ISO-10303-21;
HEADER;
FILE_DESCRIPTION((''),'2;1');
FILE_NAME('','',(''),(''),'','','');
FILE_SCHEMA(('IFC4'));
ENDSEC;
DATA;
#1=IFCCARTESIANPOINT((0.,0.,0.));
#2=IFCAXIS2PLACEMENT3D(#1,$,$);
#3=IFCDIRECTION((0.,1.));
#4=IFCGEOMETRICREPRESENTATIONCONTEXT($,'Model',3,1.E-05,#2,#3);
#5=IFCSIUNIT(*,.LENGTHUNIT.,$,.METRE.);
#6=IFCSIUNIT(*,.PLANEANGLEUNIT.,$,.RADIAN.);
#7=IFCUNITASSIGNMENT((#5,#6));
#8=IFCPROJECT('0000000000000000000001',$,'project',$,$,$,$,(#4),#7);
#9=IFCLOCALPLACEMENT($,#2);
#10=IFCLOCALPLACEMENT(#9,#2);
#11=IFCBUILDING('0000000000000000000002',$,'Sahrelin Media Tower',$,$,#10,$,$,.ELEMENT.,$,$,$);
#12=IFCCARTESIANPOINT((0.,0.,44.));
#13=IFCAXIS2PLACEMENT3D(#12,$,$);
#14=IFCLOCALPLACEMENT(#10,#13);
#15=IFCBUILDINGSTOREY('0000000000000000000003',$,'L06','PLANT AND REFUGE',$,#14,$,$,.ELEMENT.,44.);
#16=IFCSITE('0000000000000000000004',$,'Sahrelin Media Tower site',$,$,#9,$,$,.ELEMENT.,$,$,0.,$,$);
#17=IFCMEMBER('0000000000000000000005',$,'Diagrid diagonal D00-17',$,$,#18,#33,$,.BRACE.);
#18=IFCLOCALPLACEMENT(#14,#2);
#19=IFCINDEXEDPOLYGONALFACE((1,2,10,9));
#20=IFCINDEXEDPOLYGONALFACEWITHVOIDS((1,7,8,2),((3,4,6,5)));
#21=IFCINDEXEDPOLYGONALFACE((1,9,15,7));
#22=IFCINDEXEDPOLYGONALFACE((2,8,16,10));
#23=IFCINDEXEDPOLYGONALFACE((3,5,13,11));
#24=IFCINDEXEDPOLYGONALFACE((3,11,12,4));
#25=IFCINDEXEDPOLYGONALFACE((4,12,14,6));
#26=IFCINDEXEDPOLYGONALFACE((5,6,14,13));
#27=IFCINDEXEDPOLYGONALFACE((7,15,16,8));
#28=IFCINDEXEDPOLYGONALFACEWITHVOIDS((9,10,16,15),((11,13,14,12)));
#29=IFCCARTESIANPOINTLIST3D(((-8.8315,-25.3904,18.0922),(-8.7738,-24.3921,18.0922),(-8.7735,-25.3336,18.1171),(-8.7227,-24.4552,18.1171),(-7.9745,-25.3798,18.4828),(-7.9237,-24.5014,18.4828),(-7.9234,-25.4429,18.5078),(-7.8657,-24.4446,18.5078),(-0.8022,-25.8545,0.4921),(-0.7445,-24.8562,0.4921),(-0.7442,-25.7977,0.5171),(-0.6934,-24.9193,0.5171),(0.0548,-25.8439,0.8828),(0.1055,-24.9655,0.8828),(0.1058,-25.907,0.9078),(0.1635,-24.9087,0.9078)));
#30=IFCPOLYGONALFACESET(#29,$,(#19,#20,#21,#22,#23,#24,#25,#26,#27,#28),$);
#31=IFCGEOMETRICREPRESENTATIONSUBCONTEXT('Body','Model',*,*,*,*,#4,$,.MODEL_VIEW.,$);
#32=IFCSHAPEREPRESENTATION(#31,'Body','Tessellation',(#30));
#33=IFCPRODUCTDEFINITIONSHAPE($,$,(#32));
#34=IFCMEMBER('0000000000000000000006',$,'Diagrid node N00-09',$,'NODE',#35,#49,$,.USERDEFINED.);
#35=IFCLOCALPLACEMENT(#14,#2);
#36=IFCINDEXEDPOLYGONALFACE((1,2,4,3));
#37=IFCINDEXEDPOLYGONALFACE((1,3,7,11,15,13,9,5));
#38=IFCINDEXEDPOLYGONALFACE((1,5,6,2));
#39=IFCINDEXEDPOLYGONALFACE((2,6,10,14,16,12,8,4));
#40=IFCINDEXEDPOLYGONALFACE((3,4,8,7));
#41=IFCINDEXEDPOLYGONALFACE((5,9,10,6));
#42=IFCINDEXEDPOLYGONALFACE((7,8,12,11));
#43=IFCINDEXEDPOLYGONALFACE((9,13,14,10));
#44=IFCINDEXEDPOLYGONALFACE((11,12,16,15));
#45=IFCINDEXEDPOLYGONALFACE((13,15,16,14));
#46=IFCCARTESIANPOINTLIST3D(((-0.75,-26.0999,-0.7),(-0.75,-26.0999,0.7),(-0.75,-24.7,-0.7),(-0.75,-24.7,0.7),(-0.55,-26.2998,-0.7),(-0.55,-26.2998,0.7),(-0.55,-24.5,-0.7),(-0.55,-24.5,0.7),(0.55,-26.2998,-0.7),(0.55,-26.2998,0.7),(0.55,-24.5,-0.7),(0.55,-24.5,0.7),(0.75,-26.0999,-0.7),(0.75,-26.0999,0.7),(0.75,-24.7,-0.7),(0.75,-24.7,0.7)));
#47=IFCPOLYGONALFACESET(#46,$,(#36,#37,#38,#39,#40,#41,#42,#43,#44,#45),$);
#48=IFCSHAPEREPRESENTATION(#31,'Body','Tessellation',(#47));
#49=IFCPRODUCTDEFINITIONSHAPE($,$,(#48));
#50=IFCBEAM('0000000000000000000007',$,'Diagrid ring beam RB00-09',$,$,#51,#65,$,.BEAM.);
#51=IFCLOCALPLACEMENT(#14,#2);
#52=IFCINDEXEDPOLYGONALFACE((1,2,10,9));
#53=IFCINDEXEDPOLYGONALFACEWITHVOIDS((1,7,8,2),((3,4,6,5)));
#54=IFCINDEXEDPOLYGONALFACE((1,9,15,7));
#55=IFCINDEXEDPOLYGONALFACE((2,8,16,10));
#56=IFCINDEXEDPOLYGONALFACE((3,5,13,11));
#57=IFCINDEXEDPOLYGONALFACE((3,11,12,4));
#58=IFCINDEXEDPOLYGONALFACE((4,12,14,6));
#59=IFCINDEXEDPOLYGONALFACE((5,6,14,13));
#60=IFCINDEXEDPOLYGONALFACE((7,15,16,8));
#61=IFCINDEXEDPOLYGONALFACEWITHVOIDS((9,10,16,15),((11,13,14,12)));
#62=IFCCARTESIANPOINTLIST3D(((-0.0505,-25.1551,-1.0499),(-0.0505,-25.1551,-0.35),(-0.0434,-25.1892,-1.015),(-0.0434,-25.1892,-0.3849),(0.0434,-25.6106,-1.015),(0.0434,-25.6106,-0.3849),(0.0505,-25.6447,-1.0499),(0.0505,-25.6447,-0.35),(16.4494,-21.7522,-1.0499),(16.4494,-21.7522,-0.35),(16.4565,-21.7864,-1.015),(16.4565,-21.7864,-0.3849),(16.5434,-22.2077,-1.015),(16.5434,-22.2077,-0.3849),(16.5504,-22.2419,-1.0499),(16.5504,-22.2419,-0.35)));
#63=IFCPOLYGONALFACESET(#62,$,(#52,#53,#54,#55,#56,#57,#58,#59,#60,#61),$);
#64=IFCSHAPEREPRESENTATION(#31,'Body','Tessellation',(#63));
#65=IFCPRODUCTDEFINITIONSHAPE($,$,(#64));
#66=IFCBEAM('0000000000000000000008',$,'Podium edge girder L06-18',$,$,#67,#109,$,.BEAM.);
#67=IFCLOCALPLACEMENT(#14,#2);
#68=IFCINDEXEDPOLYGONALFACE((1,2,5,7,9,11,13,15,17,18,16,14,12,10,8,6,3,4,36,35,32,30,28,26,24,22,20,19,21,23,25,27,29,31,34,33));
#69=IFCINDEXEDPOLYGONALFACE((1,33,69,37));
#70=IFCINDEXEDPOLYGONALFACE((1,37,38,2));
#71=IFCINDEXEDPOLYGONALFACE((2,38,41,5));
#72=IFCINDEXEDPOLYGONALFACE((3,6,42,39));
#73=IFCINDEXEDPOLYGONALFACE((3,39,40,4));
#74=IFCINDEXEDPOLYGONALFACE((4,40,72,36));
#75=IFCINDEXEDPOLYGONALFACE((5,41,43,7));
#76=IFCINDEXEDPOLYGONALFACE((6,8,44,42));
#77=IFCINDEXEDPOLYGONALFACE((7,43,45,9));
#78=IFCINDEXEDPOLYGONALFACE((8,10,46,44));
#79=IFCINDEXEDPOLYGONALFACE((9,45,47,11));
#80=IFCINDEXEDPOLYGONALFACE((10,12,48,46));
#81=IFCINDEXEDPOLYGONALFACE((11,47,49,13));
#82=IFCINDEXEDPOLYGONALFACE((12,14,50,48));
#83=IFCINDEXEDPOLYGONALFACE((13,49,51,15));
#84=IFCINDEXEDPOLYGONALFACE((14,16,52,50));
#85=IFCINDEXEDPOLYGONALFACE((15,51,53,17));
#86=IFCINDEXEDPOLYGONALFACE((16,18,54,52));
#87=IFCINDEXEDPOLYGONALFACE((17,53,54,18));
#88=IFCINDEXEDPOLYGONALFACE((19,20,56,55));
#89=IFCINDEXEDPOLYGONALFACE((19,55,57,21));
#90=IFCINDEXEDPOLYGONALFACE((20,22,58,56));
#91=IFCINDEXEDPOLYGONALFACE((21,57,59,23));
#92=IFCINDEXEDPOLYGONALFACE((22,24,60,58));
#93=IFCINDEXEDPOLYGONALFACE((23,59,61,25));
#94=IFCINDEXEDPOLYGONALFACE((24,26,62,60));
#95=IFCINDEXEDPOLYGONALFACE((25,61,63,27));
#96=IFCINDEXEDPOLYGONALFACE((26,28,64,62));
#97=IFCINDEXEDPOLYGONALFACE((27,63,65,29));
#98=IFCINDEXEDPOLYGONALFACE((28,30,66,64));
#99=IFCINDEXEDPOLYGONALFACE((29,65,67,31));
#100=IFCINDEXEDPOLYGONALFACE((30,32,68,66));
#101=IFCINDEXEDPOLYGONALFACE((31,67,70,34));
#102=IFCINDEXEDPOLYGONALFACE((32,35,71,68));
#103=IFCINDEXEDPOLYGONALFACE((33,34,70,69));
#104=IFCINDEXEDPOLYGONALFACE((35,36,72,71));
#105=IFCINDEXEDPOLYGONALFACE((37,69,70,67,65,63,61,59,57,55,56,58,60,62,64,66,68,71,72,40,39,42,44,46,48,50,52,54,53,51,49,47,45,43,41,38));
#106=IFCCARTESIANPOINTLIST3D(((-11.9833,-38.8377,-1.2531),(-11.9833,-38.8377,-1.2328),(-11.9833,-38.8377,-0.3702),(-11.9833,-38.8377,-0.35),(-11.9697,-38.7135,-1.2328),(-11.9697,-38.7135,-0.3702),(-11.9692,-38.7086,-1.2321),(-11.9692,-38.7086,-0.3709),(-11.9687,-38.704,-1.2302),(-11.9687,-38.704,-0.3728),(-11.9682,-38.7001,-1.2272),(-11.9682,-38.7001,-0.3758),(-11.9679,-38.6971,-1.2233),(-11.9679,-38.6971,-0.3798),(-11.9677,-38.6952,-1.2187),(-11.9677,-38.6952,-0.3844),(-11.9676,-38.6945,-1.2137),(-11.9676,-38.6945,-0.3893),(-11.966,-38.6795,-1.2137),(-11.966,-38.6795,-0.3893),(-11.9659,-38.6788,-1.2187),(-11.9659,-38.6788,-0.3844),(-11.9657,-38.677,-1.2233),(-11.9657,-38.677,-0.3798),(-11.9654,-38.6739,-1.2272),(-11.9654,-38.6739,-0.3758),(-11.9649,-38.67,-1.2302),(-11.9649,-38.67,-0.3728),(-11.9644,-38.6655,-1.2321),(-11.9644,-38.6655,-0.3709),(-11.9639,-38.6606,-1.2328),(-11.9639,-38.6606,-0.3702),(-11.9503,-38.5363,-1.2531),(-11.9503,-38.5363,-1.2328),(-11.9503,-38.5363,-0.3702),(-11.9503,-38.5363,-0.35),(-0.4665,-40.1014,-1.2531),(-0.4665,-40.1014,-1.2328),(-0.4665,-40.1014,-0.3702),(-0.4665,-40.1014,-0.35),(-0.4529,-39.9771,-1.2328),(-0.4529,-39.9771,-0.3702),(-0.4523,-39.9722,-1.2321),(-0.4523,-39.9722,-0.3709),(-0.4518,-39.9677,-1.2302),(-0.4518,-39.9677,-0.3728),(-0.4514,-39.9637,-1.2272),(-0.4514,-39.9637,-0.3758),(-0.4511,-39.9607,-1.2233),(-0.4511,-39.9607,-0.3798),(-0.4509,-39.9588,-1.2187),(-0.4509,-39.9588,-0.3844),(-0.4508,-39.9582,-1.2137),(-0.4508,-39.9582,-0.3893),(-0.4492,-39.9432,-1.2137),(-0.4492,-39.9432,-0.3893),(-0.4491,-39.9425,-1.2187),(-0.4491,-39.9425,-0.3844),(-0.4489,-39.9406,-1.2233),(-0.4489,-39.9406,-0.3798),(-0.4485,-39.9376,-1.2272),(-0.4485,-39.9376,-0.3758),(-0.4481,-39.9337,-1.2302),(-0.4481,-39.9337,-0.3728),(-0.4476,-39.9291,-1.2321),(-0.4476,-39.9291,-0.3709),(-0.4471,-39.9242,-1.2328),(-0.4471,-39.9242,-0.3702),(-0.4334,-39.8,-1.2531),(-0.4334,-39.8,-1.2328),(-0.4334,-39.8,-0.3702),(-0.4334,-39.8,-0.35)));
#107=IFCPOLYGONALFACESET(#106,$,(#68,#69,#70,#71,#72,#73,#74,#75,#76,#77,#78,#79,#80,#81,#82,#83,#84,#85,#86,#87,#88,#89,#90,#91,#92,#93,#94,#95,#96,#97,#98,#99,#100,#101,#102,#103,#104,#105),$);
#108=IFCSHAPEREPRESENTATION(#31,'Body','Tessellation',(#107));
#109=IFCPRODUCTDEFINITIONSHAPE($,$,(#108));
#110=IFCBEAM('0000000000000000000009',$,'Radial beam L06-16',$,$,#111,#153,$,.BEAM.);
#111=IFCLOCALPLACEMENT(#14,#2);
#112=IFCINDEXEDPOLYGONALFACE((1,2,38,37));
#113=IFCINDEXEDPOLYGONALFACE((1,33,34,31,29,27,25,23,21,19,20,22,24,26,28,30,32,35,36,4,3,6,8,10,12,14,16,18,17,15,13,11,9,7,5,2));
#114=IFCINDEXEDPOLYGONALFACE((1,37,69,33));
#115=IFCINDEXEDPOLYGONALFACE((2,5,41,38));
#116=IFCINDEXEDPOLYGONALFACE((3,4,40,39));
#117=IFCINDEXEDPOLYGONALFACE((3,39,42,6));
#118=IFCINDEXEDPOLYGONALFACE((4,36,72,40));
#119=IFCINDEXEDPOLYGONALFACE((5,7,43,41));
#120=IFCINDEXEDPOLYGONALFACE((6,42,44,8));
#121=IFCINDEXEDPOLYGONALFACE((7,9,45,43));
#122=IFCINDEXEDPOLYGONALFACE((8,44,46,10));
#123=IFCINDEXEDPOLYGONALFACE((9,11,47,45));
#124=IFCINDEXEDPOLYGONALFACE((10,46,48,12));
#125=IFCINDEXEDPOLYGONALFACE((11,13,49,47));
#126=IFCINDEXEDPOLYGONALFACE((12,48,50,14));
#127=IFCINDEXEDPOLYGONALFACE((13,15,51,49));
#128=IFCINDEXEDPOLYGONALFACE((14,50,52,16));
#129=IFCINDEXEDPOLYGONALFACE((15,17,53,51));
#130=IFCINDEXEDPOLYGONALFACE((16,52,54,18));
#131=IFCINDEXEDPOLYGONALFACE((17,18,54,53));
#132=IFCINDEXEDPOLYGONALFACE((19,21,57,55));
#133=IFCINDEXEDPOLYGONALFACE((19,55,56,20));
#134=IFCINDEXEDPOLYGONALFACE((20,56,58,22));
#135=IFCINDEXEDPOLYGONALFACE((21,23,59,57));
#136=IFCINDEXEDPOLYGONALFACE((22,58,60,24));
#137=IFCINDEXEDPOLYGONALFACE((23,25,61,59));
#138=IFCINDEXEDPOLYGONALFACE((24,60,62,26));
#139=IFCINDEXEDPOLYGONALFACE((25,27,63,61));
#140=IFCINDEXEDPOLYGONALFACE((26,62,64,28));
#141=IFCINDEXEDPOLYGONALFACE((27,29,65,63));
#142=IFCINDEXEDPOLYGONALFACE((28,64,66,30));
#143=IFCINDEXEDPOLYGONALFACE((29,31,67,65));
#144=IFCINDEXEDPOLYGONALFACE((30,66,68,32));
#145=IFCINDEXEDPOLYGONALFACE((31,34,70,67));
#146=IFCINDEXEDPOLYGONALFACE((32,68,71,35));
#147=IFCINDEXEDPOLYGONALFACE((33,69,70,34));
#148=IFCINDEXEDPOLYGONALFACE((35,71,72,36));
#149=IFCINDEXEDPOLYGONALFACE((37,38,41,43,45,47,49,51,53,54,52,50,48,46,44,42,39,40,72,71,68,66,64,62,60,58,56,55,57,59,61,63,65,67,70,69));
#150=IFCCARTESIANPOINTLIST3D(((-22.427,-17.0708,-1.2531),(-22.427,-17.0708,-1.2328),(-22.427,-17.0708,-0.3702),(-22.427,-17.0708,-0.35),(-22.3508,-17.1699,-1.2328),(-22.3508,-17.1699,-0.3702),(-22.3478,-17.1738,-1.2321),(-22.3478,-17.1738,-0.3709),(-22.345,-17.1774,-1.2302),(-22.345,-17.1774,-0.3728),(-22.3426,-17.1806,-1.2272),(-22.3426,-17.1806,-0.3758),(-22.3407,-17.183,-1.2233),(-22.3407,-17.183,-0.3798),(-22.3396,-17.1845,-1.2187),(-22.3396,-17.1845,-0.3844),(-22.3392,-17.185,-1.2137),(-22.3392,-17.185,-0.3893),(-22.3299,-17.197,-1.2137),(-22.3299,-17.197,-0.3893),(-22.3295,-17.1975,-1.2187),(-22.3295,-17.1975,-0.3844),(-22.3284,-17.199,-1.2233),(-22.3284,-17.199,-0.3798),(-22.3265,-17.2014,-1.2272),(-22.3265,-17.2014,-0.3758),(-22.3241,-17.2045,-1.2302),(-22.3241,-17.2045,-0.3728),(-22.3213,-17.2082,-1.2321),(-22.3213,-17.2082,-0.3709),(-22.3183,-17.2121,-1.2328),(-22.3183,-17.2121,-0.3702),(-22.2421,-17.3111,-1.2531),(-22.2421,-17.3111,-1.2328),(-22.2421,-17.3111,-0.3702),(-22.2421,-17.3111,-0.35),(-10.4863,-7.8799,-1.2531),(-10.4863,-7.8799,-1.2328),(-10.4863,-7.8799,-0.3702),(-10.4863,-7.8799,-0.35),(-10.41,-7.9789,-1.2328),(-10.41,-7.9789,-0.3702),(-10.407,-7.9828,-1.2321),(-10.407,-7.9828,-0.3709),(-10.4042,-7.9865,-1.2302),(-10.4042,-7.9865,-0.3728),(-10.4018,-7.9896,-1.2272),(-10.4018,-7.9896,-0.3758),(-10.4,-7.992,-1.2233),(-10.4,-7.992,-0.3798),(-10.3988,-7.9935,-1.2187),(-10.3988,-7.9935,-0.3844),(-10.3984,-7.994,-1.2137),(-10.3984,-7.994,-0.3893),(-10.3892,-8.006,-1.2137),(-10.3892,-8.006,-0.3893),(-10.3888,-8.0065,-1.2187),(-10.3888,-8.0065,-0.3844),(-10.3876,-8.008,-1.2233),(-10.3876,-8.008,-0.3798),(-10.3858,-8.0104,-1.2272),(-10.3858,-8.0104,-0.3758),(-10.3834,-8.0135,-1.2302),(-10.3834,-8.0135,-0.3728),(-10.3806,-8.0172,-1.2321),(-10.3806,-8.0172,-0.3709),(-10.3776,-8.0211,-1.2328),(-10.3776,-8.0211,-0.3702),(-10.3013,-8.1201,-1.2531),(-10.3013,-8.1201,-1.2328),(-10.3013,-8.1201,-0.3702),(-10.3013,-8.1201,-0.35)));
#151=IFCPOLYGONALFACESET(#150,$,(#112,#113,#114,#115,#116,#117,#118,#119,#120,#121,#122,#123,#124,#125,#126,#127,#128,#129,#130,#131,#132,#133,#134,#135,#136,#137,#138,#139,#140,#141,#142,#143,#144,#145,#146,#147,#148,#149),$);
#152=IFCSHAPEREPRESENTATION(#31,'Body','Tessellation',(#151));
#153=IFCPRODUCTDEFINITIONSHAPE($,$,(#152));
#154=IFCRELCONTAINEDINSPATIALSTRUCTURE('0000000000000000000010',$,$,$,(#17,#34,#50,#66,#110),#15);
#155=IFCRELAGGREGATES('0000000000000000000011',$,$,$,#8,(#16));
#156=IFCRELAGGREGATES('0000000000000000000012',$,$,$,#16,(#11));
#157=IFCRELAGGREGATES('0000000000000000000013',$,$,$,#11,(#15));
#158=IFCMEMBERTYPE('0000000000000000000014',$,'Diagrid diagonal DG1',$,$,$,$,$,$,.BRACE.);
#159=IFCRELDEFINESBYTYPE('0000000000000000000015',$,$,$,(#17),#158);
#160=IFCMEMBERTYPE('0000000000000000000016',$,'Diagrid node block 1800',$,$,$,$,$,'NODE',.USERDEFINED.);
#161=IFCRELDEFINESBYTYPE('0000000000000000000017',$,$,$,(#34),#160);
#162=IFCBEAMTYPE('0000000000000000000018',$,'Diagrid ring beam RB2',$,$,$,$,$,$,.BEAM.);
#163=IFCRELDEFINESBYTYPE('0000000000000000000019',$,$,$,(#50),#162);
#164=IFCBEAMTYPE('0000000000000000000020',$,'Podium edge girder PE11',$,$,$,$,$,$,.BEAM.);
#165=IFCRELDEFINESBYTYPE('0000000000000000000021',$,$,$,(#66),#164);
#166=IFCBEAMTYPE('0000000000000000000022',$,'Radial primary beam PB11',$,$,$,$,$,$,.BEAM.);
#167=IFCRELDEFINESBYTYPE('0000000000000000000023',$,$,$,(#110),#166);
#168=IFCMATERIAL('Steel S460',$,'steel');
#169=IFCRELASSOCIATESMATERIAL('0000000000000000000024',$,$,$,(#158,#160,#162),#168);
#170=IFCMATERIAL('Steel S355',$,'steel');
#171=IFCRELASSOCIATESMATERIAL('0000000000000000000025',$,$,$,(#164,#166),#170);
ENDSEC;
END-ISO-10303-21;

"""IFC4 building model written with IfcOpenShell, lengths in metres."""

from ifc_helpers import new_model, si_unit, direction, frame, origin, origin_2d, place, context, subcontext, project, spatial, polyline, hollow_rectangle, i_section, outline, extrude, material, material_profile, profile_set, type_object, element, save


model = new_model("IFC4")

# Units and contexts
model_context = context("Model", 3, precision=1e-05, world=origin(), true_north=direction((0.0, 1.0)))
body_context = subcontext(model_context, "Body", "Model", "MODEL_VIEW")
ifc_project = project(units=[si_unit("LENGTHUNIT", "METRE"), si_unit("PLANEANGLEUNIT", "RADIAN")], contexts=[model_context])

# Site, building, storey
site_placement = place(None, origin())
site = spatial("IfcSite", under=ifc_project, at=site_placement, Name="Sahrelin Media Tower site", CompositionType="ELEMENT", RefElevation=0.0)
building_placement = place(site_placement, origin())
building = spatial("IfcBuilding", under=site, at=building_placement, Name="Sahrelin Media Tower", CompositionType="ELEMENT")
storey_placement = place(building_placement, frame((0.0, 0.0, 44.0)))
storey = spatial("IfcBuildingStorey", under=building, at=storey_placement, Name="L06", Description="PLANT AND REFUGE", CompositionType="ELEMENT", Elevation=44.0)

# Members
ifc_material_1 = material(Name="Steel S460", Category="steel")
ifc_material_profile_1 = material_profile(ifc_material_1, hollow_rectangle(XDim=1.0, YDim=1.0, WallThickness=0.0601, at=origin_2d()), Name="Diagrid diagonal DG1")
ifc_profile_set_1 = profile_set([ifc_material_profile_1], Name="Steel S460")
member_type_1 = type_object("IfcMemberType", Name="Diagrid diagonal DG1", PredefinedType="BRACE", material=ifc_profile_set_1)
member_1_placement = place(storey_placement, frame((-0.3193, -25.3816, 0.7), z_axis=(-0.414936, 0.023984, 0.909534), x_axis=(-0.057706, -0.998334, 0.0)))
element("IfcMember", 1, at=member_1_placement, inside=storey, type_object=member_type_1, Name="Diagrid diagonal D00-17", PredefinedType="BRACE", context=body_context, shape_type="SweptSolid", body=[
    extrude(hollow_rectangle(XDim=1.0, YDim=1.0, WallThickness=0.0601, at=origin_2d()), origin(), (0.0, 0.0, 1.0), 19.3506),
])
ifc_material_profile_2 = material_profile(ifc_material_1, outline(polyline([(0.7, -0.75), (0.8999, -0.55), (0.8999, 0.55), (0.7, 0.75), (-0.7, 0.75), (-0.8999, 0.55), (-0.8999, -0.55), (-0.7, -0.75), (0.7, -0.75)])), Name="Diagrid node block 1800")
ifc_profile_set_2 = profile_set([ifc_material_profile_2], Name="Steel S460")
member_type_2 = type_object("IfcMemberType", Name="Diagrid node block 1800", ElementType="NODE", PredefinedType="USERDEFINED", material=ifc_profile_set_2)
member_2_placement = place(storey_placement, frame((0.0, -25.3999, -0.7), z_axis=(0.0, 0.0, 1.0), x_axis=(0.0, -1.0, 0.0)))
element("IfcMember", 2, at=member_2_placement, inside=storey, type_object=member_type_2, Name="Diagrid node N00-09", ObjectType="NODE", PredefinedType="USERDEFINED", context=body_context, shape_type="SweptSolid", body=[
    extrude(outline(polyline([(0.7, -0.75), (0.8999, -0.55), (0.8999, 0.55), (0.7, 0.75), (-0.7, 0.75), (-0.8999, 0.55), (-0.8999, -0.55), (-0.7, -0.75), (0.7, -0.75)])), origin(), (0.0, 0.0, 1.0), 1.3999),
])

# Beams
ifc_material_profile_3 = material_profile(ifc_material_1, hollow_rectangle(XDim=0.5, YDim=0.7, WallThickness=0.0349, at=origin_2d()), Name="Diagrid ring beam RB2")
ifc_profile_set_3 = profile_set([ifc_material_profile_3], Name="Steel S460")
beam_type_1 = type_object("IfcBeamType", Name="Diagrid ring beam RB2", PredefinedType="BEAM", material=ifc_profile_set_3)
beam_1_placement = place(storey_placement, frame((0.0, -25.3999, -0.7), z_axis=(0.979389, 0.201982, 0.0), x_axis=(-0.201982, 0.979389, 0.0)))
element("IfcBeam", 3, at=beam_1_placement, inside=storey, type_object=beam_type_1, Name="Diagrid ring beam RB00-09", PredefinedType="BEAM", context=body_context, shape_type="SweptSolid", body=[
    extrude(hollow_rectangle(XDim=0.5, YDim=0.7, WallThickness=0.0349, at=origin_2d()), origin(), (0.0, 0.0, 1.0), 16.8472),
])
ifc_material_2 = material(Name="Steel S355", Category="steel")
ifc_material_profile_4 = material_profile(ifc_material_2, i_section(OverallWidth=0.3032, OverallDepth=0.9031, WebThickness=0.0151, FlangeThickness=0.0203, FilletRadius=0.019, at=origin_2d()), Name="UB 914x305x201")
ifc_profile_set_4 = profile_set([ifc_material_profile_4], Name="Steel S355")
beam_type_2 = type_object("IfcBeamType", Name="Podium edge girder PE11", PredefinedType="BEAM", material=ifc_profile_set_4)
beam_2_placement = place(storey_placement, frame((-11.9668, -38.687, -0.8015), z_axis=(0.994034, -0.109069, 0.0), x_axis=(0.109069, 0.994034, 0.0)))
element("IfcBeam", 4, at=beam_2_placement, inside=storey, type_object=beam_type_2, Name="Podium edge girder L06-18", PredefinedType="BEAM", context=body_context, shape_type="SweptSolid", body=[
    extrude(i_section(OverallWidth=0.3032, OverallDepth=0.9031, WebThickness=0.0151, FlangeThickness=0.0203, FilletRadius=0.019, at=origin_2d()), origin(), (0.0, 0.0, 1.0), 11.5859),
])
ifc_material_profile_5 = material_profile(ifc_material_2, i_section(OverallWidth=0.3032, OverallDepth=0.9031, WebThickness=0.0151, FlangeThickness=0.0203, FilletRadius=0.019, at=origin_2d()), Name="UB 914x305x201")
ifc_profile_set_5 = profile_set([ifc_material_profile_5], Name="Steel S355")
beam_type_3 = type_object("IfcBeamType", Name="Radial primary beam PB11", PredefinedType="BEAM", material=ifc_profile_set_5)
beam_3_placement = place(storey_placement, frame((-10.3938, -8.0, -0.8015), z_axis=(-0.792438, -0.609952, 0.0), x_axis=(0.609952, -0.792438, 0.0)))
element("IfcBeam", 5, at=beam_3_placement, inside=storey, type_object=beam_type_3, Name="Radial beam L06-16", PredefinedType="BEAM", context=body_context, shape_type="SweptSolid", body=[
    extrude(i_section(OverallWidth=0.3032, OverallDepth=0.9031, WebThickness=0.0151, FlangeThickness=0.0203, FilletRadius=0.019, at=origin_2d()), origin(), (0.0, 0.0, 1.0), 15.0684),
])

save(model, "model.ifc")
